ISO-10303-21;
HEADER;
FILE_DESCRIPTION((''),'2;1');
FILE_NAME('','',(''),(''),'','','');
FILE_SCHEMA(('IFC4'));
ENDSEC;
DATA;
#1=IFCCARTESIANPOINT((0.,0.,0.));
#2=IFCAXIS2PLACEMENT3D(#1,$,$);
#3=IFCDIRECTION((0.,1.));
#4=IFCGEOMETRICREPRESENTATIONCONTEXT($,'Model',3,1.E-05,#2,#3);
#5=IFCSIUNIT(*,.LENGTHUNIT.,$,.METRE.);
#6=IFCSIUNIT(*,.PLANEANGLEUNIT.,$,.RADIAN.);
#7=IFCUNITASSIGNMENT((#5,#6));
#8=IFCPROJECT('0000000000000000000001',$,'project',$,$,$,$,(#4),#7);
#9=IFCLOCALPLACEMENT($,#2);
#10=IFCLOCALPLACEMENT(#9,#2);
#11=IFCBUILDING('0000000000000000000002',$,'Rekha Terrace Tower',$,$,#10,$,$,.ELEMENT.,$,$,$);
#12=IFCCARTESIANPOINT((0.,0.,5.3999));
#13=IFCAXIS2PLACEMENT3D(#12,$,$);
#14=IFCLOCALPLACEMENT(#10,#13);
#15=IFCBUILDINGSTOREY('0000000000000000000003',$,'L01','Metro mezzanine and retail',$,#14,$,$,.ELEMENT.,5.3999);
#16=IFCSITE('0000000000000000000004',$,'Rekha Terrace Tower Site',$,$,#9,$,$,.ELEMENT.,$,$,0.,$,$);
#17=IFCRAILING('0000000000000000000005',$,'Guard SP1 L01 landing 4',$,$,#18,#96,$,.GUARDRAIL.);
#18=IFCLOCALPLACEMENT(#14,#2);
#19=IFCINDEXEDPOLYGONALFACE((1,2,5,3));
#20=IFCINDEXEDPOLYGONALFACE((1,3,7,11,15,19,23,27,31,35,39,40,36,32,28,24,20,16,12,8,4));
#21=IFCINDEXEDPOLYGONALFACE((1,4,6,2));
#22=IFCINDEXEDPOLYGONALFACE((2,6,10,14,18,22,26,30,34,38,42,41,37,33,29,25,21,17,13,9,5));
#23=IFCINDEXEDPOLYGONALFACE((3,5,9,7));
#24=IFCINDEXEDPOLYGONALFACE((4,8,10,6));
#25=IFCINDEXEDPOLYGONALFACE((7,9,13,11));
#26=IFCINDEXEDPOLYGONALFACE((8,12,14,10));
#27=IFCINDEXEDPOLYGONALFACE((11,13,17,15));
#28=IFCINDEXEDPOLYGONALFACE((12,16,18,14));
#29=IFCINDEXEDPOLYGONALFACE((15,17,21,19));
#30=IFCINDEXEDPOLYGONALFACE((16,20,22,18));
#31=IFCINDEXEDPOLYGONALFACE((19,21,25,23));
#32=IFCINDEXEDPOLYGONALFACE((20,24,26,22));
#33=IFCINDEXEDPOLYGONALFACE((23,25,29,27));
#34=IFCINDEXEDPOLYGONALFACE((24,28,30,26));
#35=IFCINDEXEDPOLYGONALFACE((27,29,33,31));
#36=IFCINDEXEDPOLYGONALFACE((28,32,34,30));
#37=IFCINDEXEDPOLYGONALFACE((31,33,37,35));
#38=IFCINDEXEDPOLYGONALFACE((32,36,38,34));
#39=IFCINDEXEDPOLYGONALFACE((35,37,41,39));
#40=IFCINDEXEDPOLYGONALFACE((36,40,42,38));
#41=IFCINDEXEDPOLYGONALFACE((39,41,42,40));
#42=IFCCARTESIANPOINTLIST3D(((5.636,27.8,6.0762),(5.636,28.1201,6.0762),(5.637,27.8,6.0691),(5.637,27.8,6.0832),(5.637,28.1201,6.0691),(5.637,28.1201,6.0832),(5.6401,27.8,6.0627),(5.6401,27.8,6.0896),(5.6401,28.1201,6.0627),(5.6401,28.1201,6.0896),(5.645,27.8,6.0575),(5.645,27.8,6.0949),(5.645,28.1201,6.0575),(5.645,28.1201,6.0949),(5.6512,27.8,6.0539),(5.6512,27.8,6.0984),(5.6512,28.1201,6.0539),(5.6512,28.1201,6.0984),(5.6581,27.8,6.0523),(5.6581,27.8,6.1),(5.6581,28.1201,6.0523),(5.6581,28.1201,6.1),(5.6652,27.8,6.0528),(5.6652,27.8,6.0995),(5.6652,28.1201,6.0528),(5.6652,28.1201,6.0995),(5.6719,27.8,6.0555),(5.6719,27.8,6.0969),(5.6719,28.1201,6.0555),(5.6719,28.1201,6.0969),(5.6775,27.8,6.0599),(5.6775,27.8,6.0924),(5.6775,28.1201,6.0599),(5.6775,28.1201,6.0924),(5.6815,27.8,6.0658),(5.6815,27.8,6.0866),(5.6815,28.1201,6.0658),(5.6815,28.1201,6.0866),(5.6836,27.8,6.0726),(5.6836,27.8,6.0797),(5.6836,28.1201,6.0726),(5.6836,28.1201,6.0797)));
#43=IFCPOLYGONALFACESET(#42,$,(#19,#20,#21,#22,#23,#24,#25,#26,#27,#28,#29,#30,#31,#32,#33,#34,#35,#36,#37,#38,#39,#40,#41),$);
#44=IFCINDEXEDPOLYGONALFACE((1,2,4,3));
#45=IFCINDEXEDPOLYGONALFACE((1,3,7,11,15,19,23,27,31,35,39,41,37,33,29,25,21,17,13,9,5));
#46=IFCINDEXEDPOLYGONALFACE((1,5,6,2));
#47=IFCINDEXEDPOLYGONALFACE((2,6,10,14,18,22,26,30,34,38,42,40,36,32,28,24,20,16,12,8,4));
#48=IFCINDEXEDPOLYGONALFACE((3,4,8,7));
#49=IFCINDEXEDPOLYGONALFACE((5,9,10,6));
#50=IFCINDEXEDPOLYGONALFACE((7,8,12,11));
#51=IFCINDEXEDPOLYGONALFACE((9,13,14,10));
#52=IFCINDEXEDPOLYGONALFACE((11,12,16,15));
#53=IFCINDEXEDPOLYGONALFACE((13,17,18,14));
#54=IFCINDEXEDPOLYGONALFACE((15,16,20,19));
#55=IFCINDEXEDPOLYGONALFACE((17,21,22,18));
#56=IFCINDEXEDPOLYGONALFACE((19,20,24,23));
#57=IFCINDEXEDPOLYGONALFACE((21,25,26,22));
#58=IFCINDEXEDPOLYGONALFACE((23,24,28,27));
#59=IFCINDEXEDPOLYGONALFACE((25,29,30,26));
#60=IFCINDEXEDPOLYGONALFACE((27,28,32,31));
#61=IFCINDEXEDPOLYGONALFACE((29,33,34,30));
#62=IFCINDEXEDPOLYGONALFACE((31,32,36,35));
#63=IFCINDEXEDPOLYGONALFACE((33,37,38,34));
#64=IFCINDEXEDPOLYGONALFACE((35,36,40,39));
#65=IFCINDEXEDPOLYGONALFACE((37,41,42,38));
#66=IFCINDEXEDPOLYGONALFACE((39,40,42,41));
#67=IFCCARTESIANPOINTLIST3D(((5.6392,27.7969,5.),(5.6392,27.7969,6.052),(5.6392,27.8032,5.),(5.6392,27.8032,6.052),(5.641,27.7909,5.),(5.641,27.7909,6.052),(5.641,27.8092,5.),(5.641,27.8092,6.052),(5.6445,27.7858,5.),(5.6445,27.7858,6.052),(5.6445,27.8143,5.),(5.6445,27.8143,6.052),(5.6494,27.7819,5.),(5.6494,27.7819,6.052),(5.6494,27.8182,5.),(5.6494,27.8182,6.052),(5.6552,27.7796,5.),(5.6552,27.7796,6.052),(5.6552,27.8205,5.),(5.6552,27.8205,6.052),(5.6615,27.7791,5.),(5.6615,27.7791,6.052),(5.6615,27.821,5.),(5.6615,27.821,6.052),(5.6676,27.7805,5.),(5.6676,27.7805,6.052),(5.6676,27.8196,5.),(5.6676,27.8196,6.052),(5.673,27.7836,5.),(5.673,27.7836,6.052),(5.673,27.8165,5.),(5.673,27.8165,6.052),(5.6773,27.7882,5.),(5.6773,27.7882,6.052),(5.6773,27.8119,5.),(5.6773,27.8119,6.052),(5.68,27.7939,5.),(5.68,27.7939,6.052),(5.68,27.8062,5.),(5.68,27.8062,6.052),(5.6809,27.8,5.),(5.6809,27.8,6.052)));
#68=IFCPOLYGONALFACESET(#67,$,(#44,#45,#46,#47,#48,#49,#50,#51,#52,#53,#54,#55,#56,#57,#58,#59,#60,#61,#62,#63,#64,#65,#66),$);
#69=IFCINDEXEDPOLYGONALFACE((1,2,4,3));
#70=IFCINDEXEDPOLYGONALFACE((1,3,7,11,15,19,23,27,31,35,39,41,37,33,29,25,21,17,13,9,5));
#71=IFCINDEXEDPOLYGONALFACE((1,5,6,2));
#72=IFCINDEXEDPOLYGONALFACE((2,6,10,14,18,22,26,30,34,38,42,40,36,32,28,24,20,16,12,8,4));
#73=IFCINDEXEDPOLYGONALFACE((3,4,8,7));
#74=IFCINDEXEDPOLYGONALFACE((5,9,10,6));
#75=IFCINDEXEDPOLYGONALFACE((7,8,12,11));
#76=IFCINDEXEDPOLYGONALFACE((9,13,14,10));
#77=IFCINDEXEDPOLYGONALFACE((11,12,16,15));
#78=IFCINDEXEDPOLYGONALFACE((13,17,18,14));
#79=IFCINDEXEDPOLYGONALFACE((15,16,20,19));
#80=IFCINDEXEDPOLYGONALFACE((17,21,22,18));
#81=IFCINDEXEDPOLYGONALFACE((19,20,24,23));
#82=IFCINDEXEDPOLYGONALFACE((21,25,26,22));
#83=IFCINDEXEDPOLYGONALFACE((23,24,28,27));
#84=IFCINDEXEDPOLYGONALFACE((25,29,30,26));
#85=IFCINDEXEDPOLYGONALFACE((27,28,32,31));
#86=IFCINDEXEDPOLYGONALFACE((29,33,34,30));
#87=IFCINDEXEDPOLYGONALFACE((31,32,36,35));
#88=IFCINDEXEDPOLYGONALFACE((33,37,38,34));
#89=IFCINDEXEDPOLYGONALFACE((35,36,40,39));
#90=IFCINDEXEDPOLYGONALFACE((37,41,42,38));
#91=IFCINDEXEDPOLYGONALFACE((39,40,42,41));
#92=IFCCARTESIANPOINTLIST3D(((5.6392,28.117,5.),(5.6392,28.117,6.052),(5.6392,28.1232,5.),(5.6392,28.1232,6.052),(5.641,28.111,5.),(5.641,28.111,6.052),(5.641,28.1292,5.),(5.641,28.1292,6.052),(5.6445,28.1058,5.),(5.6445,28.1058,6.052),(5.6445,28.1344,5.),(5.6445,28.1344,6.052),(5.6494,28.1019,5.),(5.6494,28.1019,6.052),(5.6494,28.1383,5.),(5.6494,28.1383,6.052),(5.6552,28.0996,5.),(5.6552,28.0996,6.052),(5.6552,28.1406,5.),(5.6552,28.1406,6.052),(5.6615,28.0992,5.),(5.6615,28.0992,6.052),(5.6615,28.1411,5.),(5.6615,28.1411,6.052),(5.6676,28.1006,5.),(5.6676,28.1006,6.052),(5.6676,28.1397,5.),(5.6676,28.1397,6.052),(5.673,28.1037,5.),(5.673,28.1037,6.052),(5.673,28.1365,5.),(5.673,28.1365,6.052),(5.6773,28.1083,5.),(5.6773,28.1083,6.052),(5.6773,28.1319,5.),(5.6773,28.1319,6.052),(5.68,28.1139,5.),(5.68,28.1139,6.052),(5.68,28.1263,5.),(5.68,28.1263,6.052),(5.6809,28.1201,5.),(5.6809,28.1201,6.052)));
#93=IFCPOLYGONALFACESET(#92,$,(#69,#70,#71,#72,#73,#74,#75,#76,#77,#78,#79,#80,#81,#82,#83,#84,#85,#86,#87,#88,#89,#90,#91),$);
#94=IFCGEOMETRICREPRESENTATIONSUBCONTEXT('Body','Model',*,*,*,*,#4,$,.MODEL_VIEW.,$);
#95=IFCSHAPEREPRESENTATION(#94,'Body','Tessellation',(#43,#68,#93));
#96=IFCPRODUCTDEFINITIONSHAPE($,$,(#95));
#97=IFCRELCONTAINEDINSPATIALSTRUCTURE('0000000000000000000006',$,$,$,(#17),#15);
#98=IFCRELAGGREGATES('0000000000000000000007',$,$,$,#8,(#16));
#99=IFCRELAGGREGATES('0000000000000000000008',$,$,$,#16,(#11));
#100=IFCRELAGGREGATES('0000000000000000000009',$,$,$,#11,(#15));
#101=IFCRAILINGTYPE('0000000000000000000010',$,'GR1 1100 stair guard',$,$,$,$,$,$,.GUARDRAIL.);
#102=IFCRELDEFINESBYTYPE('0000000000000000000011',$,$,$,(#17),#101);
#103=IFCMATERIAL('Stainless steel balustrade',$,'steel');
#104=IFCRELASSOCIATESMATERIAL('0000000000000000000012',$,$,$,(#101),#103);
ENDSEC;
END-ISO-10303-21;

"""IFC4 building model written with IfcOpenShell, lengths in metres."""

from ifc_helpers import new_model, si_unit, direction, frame, origin, origin_2d, place, context, subcontext, project, spatial, circle, extrude, material, type_object, element, save


model = new_model("IFC4")

# Units and contexts
model_context = context("Model", 3, precision=1e-05, world=origin(), true_north=direction((0.0, 1.0)))
body_context = subcontext(model_context, "Body", "Model", "MODEL_VIEW")
ifc_project = project(units=[si_unit("LENGTHUNIT", "METRE"), si_unit("PLANEANGLEUNIT", "RADIAN")], contexts=[model_context])

# Site, building, storey
site_placement = place(None, origin())
site = spatial("IfcSite", under=ifc_project, at=site_placement, Name="Rekha Terrace Tower Site", CompositionType="ELEMENT", RefElevation=0.0)
building_placement = place(site_placement, origin())
building = spatial("IfcBuilding", under=site, at=building_placement, Name="Rekha Terrace Tower", CompositionType="ELEMENT")
storey_placement = place(building_placement, frame((0.0, 0.0, 5.3999)))
storey = spatial("IfcBuildingStorey", under=building, at=storey_placement, Name="L01", Description="Metro mezzanine and retail", CompositionType="ELEMENT", Elevation=5.3999)

# Railing
ifc_material_1 = material(Name="Stainless steel balustrade", Category="steel")
railing_type_1 = type_object("IfcRailingType", Name="GR1 1100 stair guard", PredefinedType="GUARDRAIL", material=ifc_material_1)
for number, where, name in (
    (1, (5.6599, 27.8, 5.0), "Guard SP1 L01 landing 4"),
):
    element("IfcRailing", number, at=place(storey_placement, frame(where)), inside=storey, type_object=railing_type_1, Name=name, PredefinedType="GUARDRAIL", context=body_context, shape_type="SweptSolid", body=[
        extrude(circle(Radius=0.0239, at=origin_2d()), frame((0.0, 0.0, 1.0762), z_axis=(0.0, 1.0, 0.0), x_axis=(-1.0, 0.0, 0.0)), (0.0, 0.0, 1.0), 0.3201),
        extrude(circle(Radius=0.021, at=origin_2d()), origin(), (0.0, 0.0, 1.0), 1.052),
        extrude(circle(Radius=0.021, at=origin_2d()), frame((0.0, 0.3201, 0.0)), (0.0, 0.0, 1.0), 1.052),
    ])

save(model, "model.ifc")
